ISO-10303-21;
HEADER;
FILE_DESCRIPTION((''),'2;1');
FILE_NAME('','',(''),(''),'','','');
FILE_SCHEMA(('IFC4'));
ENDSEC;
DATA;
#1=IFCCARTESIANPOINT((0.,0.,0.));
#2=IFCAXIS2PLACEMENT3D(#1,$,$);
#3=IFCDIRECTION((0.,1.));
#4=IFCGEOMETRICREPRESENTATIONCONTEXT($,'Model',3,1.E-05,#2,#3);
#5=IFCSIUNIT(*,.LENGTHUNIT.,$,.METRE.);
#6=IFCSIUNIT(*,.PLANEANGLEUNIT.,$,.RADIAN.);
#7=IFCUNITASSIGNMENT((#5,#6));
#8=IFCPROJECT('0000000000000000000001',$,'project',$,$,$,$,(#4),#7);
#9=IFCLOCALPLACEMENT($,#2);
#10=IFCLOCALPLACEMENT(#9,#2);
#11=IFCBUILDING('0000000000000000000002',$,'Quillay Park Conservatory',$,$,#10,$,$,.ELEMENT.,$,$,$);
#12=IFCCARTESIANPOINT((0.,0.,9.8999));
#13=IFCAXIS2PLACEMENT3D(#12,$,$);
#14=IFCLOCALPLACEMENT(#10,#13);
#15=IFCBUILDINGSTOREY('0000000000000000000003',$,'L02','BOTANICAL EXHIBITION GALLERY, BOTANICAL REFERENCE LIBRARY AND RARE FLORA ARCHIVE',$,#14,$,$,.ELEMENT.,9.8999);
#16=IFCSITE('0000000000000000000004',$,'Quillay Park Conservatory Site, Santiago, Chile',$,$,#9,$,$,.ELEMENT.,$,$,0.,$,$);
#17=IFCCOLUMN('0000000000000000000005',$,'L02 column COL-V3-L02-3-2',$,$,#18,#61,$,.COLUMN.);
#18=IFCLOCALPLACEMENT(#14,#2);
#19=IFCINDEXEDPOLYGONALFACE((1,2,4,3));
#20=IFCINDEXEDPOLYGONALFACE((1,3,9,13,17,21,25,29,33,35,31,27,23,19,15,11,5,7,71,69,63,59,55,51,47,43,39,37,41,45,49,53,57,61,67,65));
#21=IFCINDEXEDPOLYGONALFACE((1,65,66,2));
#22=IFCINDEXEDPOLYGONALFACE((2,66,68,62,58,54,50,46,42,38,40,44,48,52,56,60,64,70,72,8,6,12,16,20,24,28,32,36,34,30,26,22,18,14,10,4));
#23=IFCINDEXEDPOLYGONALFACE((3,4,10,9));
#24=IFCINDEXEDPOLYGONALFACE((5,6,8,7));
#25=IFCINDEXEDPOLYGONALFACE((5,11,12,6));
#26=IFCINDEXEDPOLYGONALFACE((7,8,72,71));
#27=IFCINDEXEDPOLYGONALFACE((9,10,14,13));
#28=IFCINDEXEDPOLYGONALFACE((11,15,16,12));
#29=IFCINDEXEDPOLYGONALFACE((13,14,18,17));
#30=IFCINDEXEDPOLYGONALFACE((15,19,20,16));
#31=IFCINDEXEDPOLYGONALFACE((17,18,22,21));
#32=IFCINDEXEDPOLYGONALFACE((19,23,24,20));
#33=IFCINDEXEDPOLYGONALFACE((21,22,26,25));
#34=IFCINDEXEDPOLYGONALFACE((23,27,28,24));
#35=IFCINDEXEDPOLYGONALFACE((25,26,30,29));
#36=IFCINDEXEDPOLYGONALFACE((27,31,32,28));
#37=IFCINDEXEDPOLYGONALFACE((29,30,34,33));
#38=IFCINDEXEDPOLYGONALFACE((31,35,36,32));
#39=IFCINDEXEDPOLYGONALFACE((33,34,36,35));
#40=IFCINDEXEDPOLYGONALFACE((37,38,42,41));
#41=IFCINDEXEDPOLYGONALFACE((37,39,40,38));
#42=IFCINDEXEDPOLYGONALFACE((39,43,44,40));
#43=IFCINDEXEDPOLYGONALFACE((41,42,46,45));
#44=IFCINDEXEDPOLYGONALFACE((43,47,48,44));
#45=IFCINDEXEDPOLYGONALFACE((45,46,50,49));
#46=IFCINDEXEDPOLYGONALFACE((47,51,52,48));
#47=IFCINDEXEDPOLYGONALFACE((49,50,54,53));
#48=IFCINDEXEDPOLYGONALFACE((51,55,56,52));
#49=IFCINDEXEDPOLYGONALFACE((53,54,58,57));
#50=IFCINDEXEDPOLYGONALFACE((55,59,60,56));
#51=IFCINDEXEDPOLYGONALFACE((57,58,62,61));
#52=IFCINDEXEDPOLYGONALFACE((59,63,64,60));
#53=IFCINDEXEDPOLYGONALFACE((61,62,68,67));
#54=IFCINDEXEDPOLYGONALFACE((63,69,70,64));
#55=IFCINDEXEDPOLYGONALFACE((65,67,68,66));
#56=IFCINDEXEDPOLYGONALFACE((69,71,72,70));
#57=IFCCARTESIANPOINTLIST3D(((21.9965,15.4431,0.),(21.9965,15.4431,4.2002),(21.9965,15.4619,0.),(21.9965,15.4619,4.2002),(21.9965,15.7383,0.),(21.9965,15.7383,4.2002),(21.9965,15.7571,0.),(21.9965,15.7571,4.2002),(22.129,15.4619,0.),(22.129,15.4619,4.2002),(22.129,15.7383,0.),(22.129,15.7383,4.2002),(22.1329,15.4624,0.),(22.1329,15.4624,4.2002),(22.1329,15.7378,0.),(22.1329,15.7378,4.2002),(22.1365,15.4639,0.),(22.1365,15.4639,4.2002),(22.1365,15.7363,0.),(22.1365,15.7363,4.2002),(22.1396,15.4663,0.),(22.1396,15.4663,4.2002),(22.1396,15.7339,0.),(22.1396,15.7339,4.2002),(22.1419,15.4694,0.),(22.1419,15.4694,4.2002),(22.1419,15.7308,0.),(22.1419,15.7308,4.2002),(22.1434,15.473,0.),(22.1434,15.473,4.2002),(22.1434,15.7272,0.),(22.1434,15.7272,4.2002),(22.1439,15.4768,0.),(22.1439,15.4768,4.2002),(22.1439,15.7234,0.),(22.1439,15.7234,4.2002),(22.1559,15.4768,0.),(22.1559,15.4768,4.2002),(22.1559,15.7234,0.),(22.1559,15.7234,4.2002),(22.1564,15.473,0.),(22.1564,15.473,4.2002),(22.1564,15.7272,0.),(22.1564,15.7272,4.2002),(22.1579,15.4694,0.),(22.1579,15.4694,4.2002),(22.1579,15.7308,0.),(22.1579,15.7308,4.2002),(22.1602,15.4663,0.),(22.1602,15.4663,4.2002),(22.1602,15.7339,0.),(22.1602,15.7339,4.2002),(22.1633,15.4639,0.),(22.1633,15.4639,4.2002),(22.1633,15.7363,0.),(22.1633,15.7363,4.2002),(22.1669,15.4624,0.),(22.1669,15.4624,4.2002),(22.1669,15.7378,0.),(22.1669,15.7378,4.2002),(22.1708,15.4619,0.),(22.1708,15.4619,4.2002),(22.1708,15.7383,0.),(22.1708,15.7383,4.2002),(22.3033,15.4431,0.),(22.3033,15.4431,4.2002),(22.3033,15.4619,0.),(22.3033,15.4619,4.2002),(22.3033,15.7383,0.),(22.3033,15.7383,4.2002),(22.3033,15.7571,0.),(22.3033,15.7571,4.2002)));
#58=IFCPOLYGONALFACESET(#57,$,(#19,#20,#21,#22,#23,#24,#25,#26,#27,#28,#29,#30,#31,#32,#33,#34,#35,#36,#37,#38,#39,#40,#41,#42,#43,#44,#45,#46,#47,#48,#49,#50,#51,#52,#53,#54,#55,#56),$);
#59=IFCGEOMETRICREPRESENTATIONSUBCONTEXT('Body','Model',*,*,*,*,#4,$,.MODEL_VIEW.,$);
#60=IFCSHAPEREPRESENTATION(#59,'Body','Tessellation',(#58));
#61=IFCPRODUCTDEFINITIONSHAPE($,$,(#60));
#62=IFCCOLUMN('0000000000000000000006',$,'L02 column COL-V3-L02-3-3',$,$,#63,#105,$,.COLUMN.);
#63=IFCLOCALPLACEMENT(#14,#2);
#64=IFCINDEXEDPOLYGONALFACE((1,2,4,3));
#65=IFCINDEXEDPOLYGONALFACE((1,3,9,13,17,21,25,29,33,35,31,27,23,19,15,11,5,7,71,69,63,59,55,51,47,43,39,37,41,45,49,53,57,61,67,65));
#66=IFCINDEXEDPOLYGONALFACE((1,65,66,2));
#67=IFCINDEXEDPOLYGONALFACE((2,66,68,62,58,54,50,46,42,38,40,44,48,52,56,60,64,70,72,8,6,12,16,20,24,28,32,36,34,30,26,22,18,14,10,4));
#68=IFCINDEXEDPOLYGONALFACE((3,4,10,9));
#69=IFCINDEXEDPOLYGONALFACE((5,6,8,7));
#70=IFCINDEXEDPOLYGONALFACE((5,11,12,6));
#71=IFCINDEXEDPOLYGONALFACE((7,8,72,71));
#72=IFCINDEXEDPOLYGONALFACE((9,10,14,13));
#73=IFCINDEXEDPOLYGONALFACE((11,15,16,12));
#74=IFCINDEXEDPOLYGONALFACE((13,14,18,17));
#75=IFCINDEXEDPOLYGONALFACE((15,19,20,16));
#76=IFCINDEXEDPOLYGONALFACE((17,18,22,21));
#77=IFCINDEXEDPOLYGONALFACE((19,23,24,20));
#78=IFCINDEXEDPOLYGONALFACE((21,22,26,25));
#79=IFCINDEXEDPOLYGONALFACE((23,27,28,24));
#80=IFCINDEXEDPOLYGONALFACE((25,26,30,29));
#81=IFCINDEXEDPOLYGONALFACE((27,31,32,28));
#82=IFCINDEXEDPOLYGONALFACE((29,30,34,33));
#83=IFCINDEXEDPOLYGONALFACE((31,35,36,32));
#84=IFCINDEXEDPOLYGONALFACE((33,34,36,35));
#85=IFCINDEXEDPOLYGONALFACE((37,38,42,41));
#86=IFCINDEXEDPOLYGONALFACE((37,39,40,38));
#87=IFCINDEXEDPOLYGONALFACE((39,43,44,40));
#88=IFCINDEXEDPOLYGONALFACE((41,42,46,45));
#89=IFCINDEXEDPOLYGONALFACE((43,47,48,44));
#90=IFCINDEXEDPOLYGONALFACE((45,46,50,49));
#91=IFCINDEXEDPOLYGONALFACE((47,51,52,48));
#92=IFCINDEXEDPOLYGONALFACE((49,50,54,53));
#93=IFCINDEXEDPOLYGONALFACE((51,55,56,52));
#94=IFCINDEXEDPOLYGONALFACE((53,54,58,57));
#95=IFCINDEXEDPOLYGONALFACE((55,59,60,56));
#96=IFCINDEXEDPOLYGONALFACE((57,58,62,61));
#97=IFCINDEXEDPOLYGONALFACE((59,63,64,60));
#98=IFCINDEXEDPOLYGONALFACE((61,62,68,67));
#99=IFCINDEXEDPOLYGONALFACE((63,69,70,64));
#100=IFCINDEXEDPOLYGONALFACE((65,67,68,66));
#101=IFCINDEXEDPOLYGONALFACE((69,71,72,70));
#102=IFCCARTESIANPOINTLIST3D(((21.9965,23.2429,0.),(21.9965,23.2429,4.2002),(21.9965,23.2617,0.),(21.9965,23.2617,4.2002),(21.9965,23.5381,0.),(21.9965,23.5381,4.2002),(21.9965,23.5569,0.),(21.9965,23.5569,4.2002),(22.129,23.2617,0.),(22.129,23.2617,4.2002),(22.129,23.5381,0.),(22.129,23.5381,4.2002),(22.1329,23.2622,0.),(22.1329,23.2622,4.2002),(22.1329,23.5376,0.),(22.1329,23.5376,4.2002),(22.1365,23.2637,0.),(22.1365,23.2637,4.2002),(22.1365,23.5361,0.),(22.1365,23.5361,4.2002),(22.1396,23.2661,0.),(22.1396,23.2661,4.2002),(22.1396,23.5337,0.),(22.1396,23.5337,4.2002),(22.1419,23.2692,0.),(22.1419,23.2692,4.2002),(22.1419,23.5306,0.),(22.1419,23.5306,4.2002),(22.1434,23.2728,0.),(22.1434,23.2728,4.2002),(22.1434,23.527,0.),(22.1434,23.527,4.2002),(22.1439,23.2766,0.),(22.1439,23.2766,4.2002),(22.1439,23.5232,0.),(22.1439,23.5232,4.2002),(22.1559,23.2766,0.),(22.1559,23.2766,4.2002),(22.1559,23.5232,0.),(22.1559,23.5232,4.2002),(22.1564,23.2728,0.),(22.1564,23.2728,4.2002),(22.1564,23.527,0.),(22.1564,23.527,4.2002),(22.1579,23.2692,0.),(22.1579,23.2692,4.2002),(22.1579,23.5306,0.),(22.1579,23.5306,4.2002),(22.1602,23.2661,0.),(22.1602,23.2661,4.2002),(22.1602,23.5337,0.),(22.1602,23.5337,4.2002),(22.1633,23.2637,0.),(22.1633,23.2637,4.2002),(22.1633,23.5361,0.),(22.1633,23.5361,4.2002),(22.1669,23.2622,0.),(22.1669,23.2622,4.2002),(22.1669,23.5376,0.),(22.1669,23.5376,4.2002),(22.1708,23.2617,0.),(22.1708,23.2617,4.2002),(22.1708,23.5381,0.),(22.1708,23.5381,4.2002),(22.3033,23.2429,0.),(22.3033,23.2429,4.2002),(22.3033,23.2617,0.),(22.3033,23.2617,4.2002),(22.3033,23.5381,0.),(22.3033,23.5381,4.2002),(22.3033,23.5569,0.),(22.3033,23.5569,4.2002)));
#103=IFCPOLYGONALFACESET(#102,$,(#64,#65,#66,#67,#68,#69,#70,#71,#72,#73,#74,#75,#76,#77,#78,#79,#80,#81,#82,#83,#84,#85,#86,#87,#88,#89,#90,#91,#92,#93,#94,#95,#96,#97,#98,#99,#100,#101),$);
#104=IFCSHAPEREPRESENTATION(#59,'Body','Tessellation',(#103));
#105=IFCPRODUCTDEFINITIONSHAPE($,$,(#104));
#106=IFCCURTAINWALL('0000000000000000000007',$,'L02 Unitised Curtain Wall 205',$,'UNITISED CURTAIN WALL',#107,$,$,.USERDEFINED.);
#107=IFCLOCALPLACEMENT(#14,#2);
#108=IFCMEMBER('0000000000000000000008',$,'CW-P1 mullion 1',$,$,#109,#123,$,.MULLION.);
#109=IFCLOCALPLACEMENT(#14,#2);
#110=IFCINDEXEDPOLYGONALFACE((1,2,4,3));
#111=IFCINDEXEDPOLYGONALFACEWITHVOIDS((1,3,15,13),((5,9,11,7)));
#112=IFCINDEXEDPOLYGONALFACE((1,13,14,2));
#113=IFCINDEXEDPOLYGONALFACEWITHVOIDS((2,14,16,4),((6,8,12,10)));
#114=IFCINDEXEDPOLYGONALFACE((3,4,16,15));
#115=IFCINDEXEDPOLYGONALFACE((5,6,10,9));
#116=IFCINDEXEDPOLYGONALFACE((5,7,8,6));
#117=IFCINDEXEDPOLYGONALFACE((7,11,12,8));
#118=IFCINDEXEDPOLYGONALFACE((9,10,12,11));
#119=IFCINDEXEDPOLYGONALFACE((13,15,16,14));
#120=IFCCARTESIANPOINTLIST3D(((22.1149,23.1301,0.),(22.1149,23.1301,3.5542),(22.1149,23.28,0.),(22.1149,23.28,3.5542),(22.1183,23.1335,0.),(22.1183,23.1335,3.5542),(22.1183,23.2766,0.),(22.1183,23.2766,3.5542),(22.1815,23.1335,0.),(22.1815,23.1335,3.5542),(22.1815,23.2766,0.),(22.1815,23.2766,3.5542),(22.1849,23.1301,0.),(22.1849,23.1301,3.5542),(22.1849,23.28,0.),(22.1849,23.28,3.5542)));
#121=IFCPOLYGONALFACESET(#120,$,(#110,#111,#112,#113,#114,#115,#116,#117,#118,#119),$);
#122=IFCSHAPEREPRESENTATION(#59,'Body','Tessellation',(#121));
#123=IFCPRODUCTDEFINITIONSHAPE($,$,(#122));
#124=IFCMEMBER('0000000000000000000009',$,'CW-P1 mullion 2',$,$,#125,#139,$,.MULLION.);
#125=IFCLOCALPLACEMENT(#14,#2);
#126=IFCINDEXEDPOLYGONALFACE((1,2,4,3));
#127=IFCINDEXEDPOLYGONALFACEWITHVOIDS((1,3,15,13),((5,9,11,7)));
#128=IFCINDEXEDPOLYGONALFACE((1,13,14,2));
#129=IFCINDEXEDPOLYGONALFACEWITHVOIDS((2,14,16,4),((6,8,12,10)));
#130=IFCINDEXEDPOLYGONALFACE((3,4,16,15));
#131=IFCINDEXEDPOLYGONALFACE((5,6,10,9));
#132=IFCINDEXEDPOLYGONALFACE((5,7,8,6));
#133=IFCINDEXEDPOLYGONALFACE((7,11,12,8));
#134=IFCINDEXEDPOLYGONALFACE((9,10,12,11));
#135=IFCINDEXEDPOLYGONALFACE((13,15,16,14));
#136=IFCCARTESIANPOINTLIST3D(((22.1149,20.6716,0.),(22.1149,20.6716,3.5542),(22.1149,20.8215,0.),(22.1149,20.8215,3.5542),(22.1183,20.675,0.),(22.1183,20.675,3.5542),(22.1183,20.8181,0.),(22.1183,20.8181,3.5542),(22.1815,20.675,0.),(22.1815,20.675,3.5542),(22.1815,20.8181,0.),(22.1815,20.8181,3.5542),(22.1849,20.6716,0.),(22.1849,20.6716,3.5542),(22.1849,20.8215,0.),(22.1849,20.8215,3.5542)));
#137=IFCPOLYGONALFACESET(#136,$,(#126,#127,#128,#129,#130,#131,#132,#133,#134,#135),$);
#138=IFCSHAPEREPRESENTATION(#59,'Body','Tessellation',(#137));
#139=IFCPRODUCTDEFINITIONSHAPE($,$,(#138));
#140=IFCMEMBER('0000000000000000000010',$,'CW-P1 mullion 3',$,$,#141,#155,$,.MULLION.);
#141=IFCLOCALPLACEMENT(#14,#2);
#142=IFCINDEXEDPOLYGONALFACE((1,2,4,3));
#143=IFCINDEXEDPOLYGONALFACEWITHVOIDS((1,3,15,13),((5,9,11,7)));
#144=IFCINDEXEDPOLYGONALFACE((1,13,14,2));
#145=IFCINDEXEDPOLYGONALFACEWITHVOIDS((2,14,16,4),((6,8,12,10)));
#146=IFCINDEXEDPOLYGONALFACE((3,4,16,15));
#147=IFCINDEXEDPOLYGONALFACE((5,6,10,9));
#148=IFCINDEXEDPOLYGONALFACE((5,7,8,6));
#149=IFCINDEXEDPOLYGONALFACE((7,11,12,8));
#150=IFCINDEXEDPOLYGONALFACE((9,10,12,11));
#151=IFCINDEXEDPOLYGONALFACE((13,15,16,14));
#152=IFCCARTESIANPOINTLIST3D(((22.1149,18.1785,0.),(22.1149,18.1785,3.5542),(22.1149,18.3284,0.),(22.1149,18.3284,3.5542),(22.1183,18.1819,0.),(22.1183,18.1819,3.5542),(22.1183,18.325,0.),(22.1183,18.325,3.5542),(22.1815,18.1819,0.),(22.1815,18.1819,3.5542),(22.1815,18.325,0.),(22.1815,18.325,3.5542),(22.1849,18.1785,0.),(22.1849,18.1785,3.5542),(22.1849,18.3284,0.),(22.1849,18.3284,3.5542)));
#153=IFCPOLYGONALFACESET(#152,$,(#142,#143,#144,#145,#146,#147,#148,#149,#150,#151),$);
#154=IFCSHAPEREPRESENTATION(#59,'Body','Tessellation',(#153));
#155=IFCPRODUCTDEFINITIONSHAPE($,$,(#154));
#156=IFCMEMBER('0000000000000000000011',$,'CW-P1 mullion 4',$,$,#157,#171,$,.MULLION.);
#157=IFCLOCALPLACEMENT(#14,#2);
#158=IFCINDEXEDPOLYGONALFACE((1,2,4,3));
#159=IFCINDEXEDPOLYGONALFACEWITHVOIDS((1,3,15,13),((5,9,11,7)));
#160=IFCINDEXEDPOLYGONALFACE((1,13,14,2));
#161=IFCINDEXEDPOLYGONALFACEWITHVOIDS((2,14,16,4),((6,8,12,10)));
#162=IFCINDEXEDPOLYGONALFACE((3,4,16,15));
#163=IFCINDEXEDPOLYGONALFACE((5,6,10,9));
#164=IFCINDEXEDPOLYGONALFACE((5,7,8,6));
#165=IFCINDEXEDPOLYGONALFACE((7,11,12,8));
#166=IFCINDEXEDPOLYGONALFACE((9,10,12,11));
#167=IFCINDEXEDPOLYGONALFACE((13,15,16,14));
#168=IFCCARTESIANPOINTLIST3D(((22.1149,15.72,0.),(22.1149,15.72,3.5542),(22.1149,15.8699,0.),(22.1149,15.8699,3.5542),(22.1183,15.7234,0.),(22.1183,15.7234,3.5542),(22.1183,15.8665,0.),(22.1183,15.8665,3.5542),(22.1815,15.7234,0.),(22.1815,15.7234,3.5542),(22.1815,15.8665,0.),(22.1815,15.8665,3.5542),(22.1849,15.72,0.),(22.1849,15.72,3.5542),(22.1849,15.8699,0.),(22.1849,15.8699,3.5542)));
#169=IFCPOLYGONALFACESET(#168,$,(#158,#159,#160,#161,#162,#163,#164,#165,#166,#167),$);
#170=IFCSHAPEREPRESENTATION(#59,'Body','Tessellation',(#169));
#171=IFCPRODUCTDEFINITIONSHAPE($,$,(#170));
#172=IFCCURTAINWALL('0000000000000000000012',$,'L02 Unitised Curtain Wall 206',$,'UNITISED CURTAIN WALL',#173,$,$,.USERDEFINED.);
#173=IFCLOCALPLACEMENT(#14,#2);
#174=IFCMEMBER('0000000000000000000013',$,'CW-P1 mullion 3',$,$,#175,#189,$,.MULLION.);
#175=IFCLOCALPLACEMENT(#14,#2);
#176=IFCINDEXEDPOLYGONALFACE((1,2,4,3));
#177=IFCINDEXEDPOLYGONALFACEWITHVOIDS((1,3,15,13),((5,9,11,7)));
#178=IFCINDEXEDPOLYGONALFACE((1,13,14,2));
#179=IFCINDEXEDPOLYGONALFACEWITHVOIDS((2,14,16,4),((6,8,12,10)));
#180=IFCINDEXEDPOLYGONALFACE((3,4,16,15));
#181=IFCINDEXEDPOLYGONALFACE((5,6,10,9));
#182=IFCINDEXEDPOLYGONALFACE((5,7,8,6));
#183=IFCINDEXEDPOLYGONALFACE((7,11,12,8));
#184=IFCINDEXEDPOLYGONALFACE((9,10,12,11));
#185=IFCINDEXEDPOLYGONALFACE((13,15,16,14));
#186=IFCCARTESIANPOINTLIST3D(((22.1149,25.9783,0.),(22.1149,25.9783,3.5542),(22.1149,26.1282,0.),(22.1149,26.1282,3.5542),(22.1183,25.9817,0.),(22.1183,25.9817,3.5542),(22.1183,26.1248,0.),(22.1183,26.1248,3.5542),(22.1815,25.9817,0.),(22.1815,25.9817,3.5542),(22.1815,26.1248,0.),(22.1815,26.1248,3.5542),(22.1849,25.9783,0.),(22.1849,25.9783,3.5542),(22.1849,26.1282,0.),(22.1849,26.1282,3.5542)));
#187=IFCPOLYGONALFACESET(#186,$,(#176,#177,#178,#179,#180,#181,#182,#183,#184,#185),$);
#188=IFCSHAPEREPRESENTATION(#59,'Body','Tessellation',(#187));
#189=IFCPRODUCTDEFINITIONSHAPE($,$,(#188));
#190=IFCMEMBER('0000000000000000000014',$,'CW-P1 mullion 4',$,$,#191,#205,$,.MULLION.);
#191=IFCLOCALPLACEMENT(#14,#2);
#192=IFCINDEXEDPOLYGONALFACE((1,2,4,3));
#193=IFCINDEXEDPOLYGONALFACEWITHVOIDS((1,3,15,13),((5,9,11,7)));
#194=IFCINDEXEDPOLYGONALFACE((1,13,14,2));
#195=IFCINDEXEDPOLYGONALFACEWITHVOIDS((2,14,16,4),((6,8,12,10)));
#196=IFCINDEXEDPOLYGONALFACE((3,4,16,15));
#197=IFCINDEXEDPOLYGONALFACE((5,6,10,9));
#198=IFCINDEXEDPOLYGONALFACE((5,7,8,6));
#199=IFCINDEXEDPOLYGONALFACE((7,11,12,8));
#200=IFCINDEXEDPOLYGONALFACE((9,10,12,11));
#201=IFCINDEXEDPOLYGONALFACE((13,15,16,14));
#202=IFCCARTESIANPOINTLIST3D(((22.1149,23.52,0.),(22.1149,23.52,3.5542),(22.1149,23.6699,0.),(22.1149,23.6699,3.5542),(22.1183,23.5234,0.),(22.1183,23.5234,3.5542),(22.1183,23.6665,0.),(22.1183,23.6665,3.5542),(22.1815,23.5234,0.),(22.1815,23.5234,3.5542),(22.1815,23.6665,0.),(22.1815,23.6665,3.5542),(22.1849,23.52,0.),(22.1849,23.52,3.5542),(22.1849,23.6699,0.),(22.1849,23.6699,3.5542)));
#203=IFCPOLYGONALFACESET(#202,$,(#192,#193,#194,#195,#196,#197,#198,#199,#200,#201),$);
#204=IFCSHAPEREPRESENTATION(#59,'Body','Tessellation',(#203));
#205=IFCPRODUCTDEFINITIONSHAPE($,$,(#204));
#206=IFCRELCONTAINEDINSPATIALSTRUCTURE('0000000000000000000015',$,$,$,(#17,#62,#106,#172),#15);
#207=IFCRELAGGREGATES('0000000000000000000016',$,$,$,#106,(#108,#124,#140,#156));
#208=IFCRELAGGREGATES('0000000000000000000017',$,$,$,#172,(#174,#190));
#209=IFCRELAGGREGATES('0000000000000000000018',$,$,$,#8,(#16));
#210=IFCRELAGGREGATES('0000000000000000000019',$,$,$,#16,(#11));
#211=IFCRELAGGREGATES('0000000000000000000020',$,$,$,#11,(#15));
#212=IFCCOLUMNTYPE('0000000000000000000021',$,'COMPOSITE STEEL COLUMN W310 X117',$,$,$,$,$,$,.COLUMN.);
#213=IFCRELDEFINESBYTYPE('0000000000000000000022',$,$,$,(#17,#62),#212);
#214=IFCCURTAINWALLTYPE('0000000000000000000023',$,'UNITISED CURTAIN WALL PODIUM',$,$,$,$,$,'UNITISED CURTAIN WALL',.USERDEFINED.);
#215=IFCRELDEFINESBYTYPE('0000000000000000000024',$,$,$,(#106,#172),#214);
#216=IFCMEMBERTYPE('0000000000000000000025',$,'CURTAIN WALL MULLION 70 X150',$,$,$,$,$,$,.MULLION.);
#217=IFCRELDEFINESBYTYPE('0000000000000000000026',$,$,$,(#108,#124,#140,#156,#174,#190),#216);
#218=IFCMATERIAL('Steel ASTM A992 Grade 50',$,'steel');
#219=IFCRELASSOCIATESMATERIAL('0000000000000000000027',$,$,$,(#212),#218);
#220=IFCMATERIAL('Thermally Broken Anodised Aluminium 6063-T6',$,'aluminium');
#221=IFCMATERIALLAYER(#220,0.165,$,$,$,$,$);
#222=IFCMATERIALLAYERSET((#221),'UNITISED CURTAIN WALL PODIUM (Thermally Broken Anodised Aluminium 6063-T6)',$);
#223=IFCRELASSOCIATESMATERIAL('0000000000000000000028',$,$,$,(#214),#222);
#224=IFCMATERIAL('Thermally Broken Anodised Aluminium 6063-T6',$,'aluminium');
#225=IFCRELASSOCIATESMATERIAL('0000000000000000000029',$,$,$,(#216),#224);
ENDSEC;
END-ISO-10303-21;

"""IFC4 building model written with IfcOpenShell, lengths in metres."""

from ifc_helpers import new_model, si_unit, direction, frame, origin, origin_2d, place, context, subcontext, project, spatial, hollow_rectangle, i_section, extrude, material, layer, layer_set, material_profile, profile_set, type_object, element, aggregate, save


model = new_model("IFC4")

# Units and contexts
model_context = context("Model", 3, precision=1e-05, world=origin(), true_north=direction((0.0, 1.0)))
body_context = subcontext(model_context, "Body", "Model", "MODEL_VIEW")
ifc_project = project(units=[si_unit("LENGTHUNIT", "METRE"), si_unit("PLANEANGLEUNIT", "RADIAN")], contexts=[model_context])

# Site, building, storey
site_placement = place(None, origin())
site = spatial("IfcSite", under=ifc_project, at=site_placement, Name="Quillay Park Conservatory Site, Santiago, Chile", CompositionType="ELEMENT", RefElevation=0.0)
building_placement = place(site_placement, origin())
building = spatial("IfcBuilding", under=site, at=building_placement, Name="Quillay Park Conservatory", CompositionType="ELEMENT")
storey_placement = place(building_placement, frame((0.0, 0.0, 9.8999)))
storey = spatial("IfcBuildingStorey", under=building, at=storey_placement, Name="L02", Description="BOTANICAL EXHIBITION GALLERY, BOTANICAL REFERENCE LIBRARY AND RARE FLORA ARCHIVE", CompositionType="ELEMENT", Elevation=9.8999)

# Columns
ifc_material_1 = material(Name="Steel ASTM A992 Grade 50", Category="steel")
ifc_material_profile_1 = material_profile(ifc_material_1, i_section(OverallWidth=0.3069, OverallDepth=0.314, WebThickness=0.012, FlangeThickness=0.0188, FilletRadius=0.0149, at=origin_2d()), Name="W310x117")
ifc_profile_set_1 = profile_set([ifc_material_profile_1], Name="Steel ASTM A992 Grade 50")
column_type = type_object("IfcColumnType", Name="COMPOSITE STEEL COLUMN W310 X117", PredefinedType="COLUMN", material=ifc_profile_set_1)
for number, where, z_axis, x_axis, name in (
    (1, (22.1499, 15.6001, 0.0), (0.0, 0.0, 1.0), (1.0, 0.0, 0.0), "L02 column COL-V3-L02-3-2"),
    (2, (22.1499, 23.3999, 0.0), (0.0, 0.0, 1.0), (1.0, 0.0, 0.0), "L02 column COL-V3-L02-3-3"),
):
    element("IfcColumn", number, at=place(storey_placement, frame(where, z_axis=z_axis, x_axis=x_axis)), inside=storey, type_object=column_type, Name=name, PredefinedType="COLUMN", context=body_context, shape_type="SweptSolid", body=[
        extrude(i_section(OverallWidth=0.3069, OverallDepth=0.314, WebThickness=0.012, FlangeThickness=0.0188, FilletRadius=0.0149, at=origin_2d()), origin(), (0.0, 0.0, 1.0), 4.2002),
    ])

# Curtain walls, members
ifc_material_2 = material(Name="Thermally Broken Anodised Aluminium 6063-T6", Category="aluminium")
ifc_layer_1 = layer(ifc_material_2, 0.165)
ifc_layer_set_1 = layer_set([ifc_layer_1], Name="UNITISED CURTAIN WALL PODIUM (Thermally Broken Anodised Aluminium 6063-T6)")
curtain_wall_type = type_object("IfcCurtainWallType", Name="UNITISED CURTAIN WALL PODIUM", ElementType="UNITISED CURTAIN WALL", PredefinedType="USERDEFINED", material=ifc_layer_set_1)
curtain_wall_1_placement = place(storey_placement, origin())
curtain_wall_1 = element("IfcCurtainWall", 3, at=curtain_wall_1_placement, inside=storey, type_object=curtain_wall_type, Name="L02 Unitised Curtain Wall 205", ObjectType="UNITISED CURTAIN WALL", PredefinedType="USERDEFINED")
ifc_material_3 = material(Name="Thermally Broken Anodised Aluminium 6063-T6", Category="aluminium")
ifc_material_profile_2 = material_profile(ifc_material_3, hollow_rectangle(XDim=0.0701, YDim=0.1499, WallThickness=0.0034, at=origin_2d()), Name="AL70x150x3.5")
ifc_profile_set_2 = profile_set([ifc_material_profile_2], Name="Thermally Broken Anodised Aluminium 6063-T6")
member_type_1 = type_object("IfcMemberType", Name="CURTAIN WALL MULLION 70 X150", PredefinedType="MULLION", material=ifc_profile_set_2)
member_1_placement = place(storey_placement, frame((22.1499, 23.2051, 0.0), z_axis=(0.0, 0.0, 1.0), x_axis=(1.0, 0.0, 0.0)))
member_1 = element("IfcMember", 4, at=member_1_placement, type_object=member_type_1, Name="CW-P1 mullion 1", PredefinedType="MULLION", context=body_context, shape_type="SweptSolid", body=[
    extrude(hollow_rectangle(XDim=0.0701, YDim=0.1499, WallThickness=0.0034, at=origin_2d()), origin(), (0.0, 0.0, 1.0), 3.5542),
])
member_2_placement = place(storey_placement, frame((22.1499, 20.7466, 0.0), z_axis=(0.0, 0.0, 1.0), x_axis=(1.0, 0.0, 0.0)))
member_2 = element("IfcMember", 5, at=member_2_placement, type_object=member_type_1, Name="CW-P1 mullion 2", PredefinedType="MULLION", context=body_context, shape_type="SweptSolid", body=[
    extrude(hollow_rectangle(XDim=0.0701, YDim=0.1499, WallThickness=0.0034, at=origin_2d()), origin(), (0.0, 0.0, 1.0), 3.5542),
])
member_3_placement = place(storey_placement, frame((22.1499, 18.2534, 0.0), z_axis=(0.0, 0.0, 1.0), x_axis=(1.0, 0.0, 0.0)))
member_3 = element("IfcMember", 6, at=member_3_placement, type_object=member_type_1, Name="CW-P1 mullion 3", PredefinedType="MULLION", context=body_context, shape_type="SweptSolid", body=[
    extrude(hollow_rectangle(XDim=0.0701, YDim=0.1499, WallThickness=0.0034, at=origin_2d()), origin(), (0.0, 0.0, 1.0), 3.5542),
])
member_4_placement = place(storey_placement, frame((22.1499, 15.7949, 0.0), z_axis=(0.0, 0.0, 1.0), x_axis=(1.0, 0.0, 0.0)))
member_4 = element("IfcMember", 7, at=member_4_placement, type_object=member_type_1, Name="CW-P1 mullion 4", PredefinedType="MULLION", context=body_context, shape_type="SweptSolid", body=[
    extrude(hollow_rectangle(XDim=0.0701, YDim=0.1499, WallThickness=0.0034, at=origin_2d()), origin(), (0.0, 0.0, 1.0), 3.5542),
])
curtain_wall_2_placement = place(storey_placement, origin())
curtain_wall_2 = element("IfcCurtainWall", 8, at=curtain_wall_2_placement, inside=storey, type_object=curtain_wall_type, Name="L02 Unitised Curtain Wall 206", ObjectType="UNITISED CURTAIN WALL", PredefinedType="USERDEFINED")
member_5_placement = place(storey_placement, frame((22.1499, 26.0532, 0.0), z_axis=(0.0, 0.0, 1.0), x_axis=(1.0, 0.0, 0.0)))
member_5 = element("IfcMember", 9, at=member_5_placement, type_object=member_type_1, Name="CW-P1 mullion 3", PredefinedType="MULLION", context=body_context, shape_type="SweptSolid", body=[
    extrude(hollow_rectangle(XDim=0.0701, YDim=0.1499, WallThickness=0.0034, at=origin_2d()), origin(), (0.0, 0.0, 1.0), 3.5542),
])
member_6_placement = place(storey_placement, frame((22.1499, 23.595, 0.0), z_axis=(0.0, 0.0, 1.0), x_axis=(1.0, 0.0, 0.0)))
member_6 = element("IfcMember", 10, at=member_6_placement, type_object=member_type_1, Name="CW-P1 mullion 4", PredefinedType="MULLION", context=body_context, shape_type="SweptSolid", body=[
    extrude(hollow_rectangle(XDim=0.0701, YDim=0.1499, WallThickness=0.0034, at=origin_2d()), origin(), (0.0, 0.0, 1.0), 3.5542),
])

aggregate(curtain_wall_1, [member_1, member_2, member_3, member_4])
aggregate(curtain_wall_2, [member_5, member_6])

save(model, "model.ifc")
